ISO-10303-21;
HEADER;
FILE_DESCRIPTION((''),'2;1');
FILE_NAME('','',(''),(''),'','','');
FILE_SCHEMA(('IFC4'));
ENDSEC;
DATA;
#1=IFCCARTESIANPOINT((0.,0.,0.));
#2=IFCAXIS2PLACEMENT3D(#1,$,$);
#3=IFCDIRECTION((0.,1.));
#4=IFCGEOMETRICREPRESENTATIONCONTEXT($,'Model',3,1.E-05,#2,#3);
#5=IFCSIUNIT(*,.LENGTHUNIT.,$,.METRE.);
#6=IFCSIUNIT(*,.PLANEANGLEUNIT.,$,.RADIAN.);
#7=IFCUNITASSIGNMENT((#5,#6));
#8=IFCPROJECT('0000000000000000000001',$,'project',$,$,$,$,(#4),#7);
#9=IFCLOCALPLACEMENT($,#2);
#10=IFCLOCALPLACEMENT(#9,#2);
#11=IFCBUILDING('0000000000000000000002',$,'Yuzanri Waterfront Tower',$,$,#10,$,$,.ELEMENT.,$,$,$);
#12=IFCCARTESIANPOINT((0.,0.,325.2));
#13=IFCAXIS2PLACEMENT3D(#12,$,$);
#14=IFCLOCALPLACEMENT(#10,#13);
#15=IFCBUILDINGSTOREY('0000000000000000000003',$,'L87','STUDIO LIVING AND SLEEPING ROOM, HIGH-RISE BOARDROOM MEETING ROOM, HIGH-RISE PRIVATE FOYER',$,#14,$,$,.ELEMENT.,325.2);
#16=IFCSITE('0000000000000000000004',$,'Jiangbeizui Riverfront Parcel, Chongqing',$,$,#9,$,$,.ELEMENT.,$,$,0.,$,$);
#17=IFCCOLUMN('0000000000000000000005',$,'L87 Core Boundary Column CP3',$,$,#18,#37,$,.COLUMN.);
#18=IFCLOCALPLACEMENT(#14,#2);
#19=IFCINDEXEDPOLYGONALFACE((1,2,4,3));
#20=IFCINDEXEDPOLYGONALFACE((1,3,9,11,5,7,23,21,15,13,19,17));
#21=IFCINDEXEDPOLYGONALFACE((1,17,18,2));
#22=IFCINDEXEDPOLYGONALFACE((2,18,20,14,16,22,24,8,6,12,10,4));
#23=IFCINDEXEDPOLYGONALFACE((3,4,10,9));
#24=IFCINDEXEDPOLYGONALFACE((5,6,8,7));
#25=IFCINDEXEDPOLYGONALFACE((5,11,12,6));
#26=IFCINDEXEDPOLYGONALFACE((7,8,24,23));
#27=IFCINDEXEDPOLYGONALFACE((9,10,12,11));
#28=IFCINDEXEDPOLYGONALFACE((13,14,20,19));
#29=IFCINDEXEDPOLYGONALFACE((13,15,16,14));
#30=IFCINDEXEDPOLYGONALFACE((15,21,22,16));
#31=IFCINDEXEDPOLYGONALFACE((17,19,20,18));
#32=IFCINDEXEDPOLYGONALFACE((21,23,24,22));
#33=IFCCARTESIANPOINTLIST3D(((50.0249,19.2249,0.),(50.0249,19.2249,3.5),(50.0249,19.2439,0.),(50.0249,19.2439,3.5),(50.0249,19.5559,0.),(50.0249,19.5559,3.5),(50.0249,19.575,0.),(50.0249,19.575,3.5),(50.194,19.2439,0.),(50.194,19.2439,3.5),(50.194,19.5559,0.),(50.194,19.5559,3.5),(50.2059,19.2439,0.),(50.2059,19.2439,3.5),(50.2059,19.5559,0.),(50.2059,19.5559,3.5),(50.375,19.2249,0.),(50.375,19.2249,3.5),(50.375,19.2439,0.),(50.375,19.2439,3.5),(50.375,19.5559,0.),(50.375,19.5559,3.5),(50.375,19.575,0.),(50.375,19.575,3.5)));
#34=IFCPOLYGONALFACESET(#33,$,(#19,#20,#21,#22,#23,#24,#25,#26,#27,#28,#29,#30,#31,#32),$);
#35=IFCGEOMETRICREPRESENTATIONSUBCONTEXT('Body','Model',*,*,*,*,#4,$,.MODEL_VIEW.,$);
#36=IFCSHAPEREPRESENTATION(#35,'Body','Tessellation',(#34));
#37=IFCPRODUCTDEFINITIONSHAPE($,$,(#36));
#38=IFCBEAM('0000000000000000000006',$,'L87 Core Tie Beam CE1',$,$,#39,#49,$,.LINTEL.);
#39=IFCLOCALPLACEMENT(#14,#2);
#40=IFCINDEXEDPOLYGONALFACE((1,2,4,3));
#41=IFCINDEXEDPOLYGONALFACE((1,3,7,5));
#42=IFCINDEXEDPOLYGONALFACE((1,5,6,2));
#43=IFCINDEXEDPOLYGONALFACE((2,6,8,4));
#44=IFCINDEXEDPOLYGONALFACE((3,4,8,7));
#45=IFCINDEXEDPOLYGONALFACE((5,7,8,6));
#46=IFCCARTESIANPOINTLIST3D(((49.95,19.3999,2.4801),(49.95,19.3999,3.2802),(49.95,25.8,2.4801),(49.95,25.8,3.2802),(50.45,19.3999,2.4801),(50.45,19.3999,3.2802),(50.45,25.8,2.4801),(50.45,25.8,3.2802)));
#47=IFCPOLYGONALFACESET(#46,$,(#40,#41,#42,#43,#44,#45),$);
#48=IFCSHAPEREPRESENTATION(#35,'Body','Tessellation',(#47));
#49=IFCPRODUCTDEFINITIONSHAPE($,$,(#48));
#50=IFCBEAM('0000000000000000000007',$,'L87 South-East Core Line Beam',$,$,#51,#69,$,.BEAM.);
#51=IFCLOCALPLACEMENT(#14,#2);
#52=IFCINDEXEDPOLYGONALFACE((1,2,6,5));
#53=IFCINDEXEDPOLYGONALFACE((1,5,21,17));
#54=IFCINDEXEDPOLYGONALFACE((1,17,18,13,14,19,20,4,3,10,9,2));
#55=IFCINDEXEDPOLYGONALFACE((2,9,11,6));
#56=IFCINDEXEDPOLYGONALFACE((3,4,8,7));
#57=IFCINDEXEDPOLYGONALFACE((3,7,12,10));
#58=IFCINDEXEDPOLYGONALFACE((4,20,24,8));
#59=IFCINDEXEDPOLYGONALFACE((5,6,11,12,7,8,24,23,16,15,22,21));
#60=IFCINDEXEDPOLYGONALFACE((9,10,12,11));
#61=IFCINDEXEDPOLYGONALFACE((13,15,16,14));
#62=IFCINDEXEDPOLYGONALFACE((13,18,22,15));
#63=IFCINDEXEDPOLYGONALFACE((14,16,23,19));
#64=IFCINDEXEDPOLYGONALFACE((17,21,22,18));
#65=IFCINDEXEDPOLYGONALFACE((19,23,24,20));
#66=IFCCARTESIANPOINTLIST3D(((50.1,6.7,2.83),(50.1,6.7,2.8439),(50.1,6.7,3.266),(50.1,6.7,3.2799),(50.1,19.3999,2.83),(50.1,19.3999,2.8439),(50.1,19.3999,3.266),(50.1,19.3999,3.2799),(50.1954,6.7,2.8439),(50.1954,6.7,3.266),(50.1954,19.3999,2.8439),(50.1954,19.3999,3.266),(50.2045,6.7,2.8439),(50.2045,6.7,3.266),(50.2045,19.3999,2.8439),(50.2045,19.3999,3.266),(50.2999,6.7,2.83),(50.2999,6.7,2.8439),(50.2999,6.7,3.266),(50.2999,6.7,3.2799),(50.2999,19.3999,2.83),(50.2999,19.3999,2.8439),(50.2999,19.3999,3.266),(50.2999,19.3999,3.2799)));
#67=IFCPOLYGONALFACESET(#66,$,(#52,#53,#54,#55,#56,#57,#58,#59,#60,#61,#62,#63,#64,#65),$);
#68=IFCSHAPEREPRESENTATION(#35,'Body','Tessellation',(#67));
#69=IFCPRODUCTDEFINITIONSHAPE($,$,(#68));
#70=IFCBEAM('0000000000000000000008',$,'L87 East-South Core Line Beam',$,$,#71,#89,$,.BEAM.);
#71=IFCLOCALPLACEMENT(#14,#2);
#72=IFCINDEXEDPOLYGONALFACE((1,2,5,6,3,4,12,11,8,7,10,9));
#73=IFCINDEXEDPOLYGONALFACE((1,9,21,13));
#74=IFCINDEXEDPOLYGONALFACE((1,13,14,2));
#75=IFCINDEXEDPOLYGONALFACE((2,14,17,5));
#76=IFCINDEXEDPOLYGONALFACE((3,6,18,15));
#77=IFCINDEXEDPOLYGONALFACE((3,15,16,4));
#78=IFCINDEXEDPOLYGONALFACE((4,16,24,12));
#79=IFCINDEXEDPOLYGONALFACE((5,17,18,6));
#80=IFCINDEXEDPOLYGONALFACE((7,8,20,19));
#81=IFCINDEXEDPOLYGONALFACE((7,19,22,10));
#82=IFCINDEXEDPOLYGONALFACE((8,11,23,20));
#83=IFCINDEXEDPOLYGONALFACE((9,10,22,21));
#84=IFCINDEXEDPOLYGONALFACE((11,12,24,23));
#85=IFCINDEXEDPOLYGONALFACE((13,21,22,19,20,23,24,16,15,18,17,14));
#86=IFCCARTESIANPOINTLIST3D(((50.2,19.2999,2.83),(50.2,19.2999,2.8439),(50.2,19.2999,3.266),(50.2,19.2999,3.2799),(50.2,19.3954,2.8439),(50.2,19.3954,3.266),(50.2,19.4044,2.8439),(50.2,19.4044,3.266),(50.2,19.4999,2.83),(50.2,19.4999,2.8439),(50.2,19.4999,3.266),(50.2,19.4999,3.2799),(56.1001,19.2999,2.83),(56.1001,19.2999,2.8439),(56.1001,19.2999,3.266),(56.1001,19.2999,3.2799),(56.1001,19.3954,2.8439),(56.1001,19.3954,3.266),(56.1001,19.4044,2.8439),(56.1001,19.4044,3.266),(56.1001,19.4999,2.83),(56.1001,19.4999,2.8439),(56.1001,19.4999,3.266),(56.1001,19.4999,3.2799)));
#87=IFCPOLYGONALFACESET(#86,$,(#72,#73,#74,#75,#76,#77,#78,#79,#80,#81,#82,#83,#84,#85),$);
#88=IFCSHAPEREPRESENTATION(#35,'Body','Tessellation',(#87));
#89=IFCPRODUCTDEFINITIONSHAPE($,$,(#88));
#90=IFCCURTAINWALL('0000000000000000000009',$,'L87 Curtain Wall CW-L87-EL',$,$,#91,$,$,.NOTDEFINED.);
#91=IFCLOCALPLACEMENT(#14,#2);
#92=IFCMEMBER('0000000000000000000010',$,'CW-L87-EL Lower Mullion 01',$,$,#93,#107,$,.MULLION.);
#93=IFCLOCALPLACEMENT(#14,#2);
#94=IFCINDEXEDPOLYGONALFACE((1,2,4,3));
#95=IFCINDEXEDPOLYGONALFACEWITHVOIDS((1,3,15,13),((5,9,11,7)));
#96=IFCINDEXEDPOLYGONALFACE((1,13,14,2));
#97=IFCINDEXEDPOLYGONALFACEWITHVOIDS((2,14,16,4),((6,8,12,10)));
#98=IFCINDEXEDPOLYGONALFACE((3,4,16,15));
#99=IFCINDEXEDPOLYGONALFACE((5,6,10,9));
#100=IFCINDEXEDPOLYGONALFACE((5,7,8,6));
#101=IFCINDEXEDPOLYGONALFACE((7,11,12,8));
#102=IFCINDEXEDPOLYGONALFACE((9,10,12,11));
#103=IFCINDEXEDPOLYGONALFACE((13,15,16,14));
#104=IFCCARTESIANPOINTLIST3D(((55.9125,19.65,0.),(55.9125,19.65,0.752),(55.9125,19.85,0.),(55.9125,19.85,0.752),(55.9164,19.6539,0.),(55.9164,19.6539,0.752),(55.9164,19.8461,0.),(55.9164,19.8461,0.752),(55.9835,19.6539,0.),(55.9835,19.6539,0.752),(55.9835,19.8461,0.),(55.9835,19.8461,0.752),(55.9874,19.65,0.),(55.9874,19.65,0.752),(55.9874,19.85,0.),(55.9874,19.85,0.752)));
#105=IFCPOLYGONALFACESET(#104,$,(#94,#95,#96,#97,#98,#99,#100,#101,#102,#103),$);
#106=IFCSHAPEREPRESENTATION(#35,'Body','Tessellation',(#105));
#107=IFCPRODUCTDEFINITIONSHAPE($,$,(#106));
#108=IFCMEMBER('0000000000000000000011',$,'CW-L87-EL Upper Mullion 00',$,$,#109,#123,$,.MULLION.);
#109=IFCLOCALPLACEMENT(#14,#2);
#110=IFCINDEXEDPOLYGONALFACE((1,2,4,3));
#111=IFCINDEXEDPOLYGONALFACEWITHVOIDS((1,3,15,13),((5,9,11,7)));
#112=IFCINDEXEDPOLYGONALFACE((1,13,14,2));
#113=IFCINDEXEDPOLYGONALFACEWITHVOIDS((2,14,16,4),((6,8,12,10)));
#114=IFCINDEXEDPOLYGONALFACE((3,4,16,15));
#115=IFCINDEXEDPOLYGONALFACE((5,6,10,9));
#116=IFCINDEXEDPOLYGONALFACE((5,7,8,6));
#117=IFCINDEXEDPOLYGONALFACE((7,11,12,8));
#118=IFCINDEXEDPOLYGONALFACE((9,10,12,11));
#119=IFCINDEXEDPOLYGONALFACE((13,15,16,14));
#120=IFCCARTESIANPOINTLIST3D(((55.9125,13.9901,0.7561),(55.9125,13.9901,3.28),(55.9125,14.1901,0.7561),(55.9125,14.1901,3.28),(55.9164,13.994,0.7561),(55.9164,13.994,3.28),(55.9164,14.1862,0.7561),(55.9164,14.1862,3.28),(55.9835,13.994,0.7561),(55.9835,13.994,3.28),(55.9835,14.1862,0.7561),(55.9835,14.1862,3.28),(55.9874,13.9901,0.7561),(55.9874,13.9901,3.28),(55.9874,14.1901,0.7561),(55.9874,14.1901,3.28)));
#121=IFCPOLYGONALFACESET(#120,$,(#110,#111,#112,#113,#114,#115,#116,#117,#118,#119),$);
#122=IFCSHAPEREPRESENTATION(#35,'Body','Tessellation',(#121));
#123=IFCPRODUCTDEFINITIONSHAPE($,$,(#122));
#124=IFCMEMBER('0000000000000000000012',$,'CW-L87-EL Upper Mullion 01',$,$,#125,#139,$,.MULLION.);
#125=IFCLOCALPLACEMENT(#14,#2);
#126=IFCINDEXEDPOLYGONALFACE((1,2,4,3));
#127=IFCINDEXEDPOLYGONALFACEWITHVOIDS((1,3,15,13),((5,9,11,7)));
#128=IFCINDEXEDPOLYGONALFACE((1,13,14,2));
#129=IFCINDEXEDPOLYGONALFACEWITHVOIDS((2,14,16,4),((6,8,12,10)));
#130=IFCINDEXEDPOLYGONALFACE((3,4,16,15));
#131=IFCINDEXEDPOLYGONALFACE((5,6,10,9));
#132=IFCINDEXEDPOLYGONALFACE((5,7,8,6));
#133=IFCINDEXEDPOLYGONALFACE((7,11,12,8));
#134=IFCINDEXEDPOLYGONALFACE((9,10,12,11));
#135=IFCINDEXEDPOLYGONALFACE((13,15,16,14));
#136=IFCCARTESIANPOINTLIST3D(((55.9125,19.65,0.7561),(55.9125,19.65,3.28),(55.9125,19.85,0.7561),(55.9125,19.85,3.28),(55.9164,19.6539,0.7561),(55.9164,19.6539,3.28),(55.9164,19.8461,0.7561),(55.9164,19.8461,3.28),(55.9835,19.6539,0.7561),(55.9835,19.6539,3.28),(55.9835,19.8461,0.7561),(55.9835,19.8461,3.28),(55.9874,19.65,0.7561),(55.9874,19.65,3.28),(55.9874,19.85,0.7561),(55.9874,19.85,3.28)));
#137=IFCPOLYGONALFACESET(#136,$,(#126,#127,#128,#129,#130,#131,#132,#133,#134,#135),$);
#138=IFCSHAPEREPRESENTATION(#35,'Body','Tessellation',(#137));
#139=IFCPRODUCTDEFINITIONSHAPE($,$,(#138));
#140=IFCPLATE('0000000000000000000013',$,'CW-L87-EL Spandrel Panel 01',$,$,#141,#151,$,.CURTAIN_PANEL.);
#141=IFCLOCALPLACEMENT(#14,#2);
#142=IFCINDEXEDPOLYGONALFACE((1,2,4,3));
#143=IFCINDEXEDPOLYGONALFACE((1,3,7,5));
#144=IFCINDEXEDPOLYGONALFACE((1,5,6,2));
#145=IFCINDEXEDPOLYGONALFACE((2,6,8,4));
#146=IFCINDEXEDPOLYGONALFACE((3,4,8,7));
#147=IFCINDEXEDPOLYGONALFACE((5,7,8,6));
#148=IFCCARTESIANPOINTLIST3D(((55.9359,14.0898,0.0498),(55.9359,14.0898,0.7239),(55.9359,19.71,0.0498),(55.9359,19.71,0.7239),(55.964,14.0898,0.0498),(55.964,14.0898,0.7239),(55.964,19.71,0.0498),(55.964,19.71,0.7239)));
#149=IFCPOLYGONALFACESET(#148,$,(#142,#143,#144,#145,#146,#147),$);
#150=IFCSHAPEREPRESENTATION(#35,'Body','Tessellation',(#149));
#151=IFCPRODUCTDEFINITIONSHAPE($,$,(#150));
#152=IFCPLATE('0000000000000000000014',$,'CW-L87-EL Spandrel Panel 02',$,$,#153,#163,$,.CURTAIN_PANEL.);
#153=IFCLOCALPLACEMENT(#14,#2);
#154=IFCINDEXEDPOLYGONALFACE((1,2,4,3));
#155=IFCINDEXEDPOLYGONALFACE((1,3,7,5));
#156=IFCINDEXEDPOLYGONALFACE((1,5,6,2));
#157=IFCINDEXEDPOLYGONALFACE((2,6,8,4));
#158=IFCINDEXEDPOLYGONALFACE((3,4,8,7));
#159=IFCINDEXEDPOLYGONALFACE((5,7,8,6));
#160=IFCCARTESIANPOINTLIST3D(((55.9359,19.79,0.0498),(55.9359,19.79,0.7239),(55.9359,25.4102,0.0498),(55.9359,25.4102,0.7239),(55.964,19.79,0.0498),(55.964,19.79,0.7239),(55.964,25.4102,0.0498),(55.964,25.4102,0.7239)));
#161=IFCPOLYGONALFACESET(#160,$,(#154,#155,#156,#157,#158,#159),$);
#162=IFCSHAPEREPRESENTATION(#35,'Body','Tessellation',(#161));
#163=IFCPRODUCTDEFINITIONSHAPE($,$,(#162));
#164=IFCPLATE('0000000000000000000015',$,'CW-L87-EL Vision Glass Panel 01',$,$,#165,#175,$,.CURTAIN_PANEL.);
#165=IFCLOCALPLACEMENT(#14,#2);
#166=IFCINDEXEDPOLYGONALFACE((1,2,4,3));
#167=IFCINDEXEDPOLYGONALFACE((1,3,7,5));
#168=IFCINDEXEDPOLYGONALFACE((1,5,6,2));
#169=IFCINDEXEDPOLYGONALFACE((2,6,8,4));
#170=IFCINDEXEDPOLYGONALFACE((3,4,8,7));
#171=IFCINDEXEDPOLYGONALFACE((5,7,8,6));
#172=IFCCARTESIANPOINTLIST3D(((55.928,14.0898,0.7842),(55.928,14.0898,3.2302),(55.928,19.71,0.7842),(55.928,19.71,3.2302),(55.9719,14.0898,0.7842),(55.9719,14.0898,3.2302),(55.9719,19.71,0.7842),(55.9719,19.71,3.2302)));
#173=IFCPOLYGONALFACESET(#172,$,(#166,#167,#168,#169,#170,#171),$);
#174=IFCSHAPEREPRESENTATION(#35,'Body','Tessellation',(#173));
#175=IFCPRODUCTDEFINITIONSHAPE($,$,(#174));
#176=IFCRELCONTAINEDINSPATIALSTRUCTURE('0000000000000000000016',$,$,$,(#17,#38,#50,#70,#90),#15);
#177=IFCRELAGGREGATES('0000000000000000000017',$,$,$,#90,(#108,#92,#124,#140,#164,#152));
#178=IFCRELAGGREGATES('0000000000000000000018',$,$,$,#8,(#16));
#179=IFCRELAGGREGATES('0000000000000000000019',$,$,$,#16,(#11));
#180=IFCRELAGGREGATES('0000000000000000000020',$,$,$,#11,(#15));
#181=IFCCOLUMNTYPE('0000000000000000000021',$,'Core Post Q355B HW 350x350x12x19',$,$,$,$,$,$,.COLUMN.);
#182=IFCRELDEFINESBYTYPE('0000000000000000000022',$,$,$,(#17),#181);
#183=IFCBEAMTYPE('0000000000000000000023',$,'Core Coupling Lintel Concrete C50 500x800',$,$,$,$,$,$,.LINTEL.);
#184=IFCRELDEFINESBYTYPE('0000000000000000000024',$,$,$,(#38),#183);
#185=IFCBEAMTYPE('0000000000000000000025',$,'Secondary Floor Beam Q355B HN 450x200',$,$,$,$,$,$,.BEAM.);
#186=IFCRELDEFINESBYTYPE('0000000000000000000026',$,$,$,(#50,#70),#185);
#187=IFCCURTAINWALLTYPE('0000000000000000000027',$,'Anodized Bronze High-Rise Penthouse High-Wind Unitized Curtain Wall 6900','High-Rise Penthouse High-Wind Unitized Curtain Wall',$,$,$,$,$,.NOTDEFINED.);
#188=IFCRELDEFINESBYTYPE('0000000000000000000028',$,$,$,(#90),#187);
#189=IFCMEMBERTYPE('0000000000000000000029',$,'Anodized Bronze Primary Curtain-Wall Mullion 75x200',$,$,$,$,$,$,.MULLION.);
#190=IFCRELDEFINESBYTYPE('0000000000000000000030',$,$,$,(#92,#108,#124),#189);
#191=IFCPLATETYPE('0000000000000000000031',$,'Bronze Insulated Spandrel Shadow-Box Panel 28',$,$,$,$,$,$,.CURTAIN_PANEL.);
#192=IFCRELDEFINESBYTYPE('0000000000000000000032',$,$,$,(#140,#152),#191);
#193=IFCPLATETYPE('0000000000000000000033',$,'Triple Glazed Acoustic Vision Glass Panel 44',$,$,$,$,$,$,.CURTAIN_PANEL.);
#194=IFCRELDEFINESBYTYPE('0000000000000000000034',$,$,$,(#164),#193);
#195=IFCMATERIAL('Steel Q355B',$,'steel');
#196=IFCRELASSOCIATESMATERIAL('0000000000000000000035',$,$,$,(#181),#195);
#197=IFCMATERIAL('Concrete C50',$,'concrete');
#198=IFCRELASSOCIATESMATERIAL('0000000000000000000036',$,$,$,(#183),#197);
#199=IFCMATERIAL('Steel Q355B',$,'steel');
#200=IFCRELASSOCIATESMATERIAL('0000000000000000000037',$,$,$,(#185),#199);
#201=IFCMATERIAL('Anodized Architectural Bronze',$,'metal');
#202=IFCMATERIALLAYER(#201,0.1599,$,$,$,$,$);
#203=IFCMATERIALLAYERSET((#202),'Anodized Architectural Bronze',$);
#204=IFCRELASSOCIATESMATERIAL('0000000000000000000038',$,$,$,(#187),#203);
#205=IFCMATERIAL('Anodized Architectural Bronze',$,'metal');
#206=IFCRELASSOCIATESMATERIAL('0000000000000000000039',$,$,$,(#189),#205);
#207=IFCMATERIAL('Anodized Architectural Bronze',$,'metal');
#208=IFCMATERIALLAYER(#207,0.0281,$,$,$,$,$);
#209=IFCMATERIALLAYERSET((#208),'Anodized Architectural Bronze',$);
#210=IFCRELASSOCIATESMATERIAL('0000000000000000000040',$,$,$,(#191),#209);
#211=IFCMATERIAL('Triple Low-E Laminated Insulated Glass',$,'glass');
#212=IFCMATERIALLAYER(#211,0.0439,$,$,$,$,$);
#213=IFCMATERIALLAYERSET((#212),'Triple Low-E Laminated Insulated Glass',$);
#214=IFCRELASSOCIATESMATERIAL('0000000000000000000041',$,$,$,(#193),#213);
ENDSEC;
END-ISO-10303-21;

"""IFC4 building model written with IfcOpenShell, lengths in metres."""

from ifc_helpers import new_model, si_unit, direction, frame, origin, origin_2d, place, context, subcontext, project, spatial, rectangle, hollow_rectangle, i_section, extrude, source, transform, mapped, material, layer, layer_set, material_profile, profile_set, type_object, element, aggregate, save


model = new_model("IFC4")

# Units and contexts
model_context = context("Model", 3, precision=1e-05, world=origin(), true_north=direction((0.0, 1.0)))
body_context = subcontext(model_context, "Body", "Model", "MODEL_VIEW")
ifc_project = project(units=[si_unit("LENGTHUNIT", "METRE"), si_unit("PLANEANGLEUNIT", "RADIAN")], contexts=[model_context])

# Site, building, storey
site_placement = place(None, origin())
site = spatial("IfcSite", under=ifc_project, at=site_placement, Name="Jiangbeizui Riverfront Parcel, Chongqing", CompositionType="ELEMENT", RefElevation=0.0)
building_placement = place(site_placement, origin())
building = spatial("IfcBuilding", under=site, at=building_placement, Name="Yuzanri Waterfront Tower", CompositionType="ELEMENT")
storey_placement = place(building_placement, frame((0.0, 0.0, 325.2)))
storey = spatial("IfcBuildingStorey", under=building, at=storey_placement, Name="L87", Description="STUDIO LIVING AND SLEEPING ROOM, HIGH-RISE BOARDROOM MEETING ROOM, HIGH-RISE PRIVATE FOYER", CompositionType="ELEMENT", Elevation=325.2)

# Column
ifc_material_1 = material(Name="Steel Q355B", Category="steel")
ifc_material_profile_1 = material_profile(ifc_material_1, i_section(OverallWidth=0.3501, OverallDepth=0.3501, WebThickness=0.012, FlangeThickness=0.019, at=origin_2d()), Name="HW 350x350x12x19")
ifc_profile_set_1 = profile_set([ifc_material_profile_1], Name="Steel Q355B")
column_type = type_object("IfcColumnType", Name="Core Post Q355B HW 350x350x12x19", PredefinedType="COLUMN", material=ifc_profile_set_1)
shared_shape_1 = source(origin(), body_context, "Body", "SweptSolid", [
    extrude(i_section(OverallWidth=0.3501, OverallDepth=0.3501, WebThickness=0.012, FlangeThickness=0.019, at=origin_2d()), origin(), (0.0, 0.0, 1.0), 3.5),
])
column_placement = place(storey_placement, frame((50.2, 19.3999, 0.0), z_axis=(0.0, 0.0, 1.0), x_axis=(1.0, 0.0, 0.0)))
element("IfcColumn", 1, at=column_placement, inside=storey, type_object=column_type, Name="L87 Core Boundary Column CP3", PredefinedType="COLUMN", context=body_context, shape_type="MappedRepresentation", body=[
    mapped(shared_shape_1, transform((0.0, 0.0, 0.0), scale=1.0)),
])

# Beams
ifc_material_2 = material(Name="Concrete C50", Category="concrete")
ifc_material_profile_2 = material_profile(ifc_material_2, rectangle(XDim=0.5, YDim=0.8, at=origin_2d()), Name="RC 500x800")
ifc_profile_set_2 = profile_set([ifc_material_profile_2], Name="Concrete C50")
beam_type_1 = type_object("IfcBeamType", Name="Core Coupling Lintel Concrete C50 500x800", PredefinedType="LINTEL", material=ifc_profile_set_2)
shared_shape_2 = source(origin(), body_context, "Body", "SweptSolid", [
    extrude(rectangle(XDim=0.5, YDim=0.8, at=origin_2d()), origin(), (0.0, 0.0, 1.0), 6.4001),
])
beam_1_placement = place(storey_placement, frame((50.2, 19.3999, 2.8801), z_axis=(0.0, 1.0, 0.0), x_axis=(-1.0, 0.0, 0.0)))
element("IfcBeam", 2, at=beam_1_placement, inside=storey, type_object=beam_type_1, Name="L87 Core Tie Beam CE1", PredefinedType="LINTEL", context=body_context, shape_type="MappedRepresentation", body=[
    mapped(shared_shape_2, transform((0.0, 0.0, 0.0), scale=1.0)),
])
ifc_material_3 = material(Name="Steel Q355B", Category="steel")
ifc_material_profile_3 = material_profile(ifc_material_3, i_section(OverallWidth=0.2, OverallDepth=0.45, WebThickness=0.009, FlangeThickness=0.0139, at=origin_2d()), Name="HN 450x200x9x14")
ifc_profile_set_3 = profile_set([ifc_material_profile_3], Name="Steel Q355B")
beam_type_2 = type_object("IfcBeamType", Name="Secondary Floor Beam Q355B HN 450x200", PredefinedType="BEAM", material=ifc_profile_set_3)
shared_shape_3 = source(origin(), body_context, "Body", "SweptSolid", [
    extrude(i_section(OverallWidth=0.2, OverallDepth=0.45, WebThickness=0.009, FlangeThickness=0.0139, at=origin_2d()), origin(), (0.0, 0.0, 1.0), 12.7),
])
beam_2_placement = place(storey_placement, frame((50.2, 19.3999, 3.0549), z_axis=(0.0, -1.0, 0.0), x_axis=(1.0, 0.0, 0.0)))
element("IfcBeam", 3, at=beam_2_placement, inside=storey, type_object=beam_type_2, Name="L87 South-East Core Line Beam", PredefinedType="BEAM", context=body_context, shape_type="MappedRepresentation", body=[
    mapped(shared_shape_3, transform((0.0, 0.0, 0.0), scale=1.0)),
])
shared_shape_4 = source(origin(), body_context, "Body", "SweptSolid", [
    extrude(i_section(OverallWidth=0.2, OverallDepth=0.45, WebThickness=0.009, FlangeThickness=0.0139, at=origin_2d()), origin(), (0.0, 0.0, 1.0), 5.9001),
])
beam_3_placement = place(storey_placement, frame((50.2, 19.3999, 3.0549), z_axis=(1.0, 0.0, 0.0), x_axis=(0.0, 1.0, 0.0)))
element("IfcBeam", 4, at=beam_3_placement, inside=storey, type_object=beam_type_2, Name="L87 East-South Core Line Beam", PredefinedType="BEAM", context=body_context, shape_type="MappedRepresentation", body=[
    mapped(shared_shape_4, transform((0.0, 0.0, 0.0), scale=1.0)),
])

# Curtain wall, members, plates
ifc_material_4 = material(Name="Anodized Architectural Bronze", Category="metal")
ifc_layer_1 = layer(ifc_material_4, 0.1599)
ifc_layer_set_1 = layer_set([ifc_layer_1], Name="Anodized Architectural Bronze")
curtain_wall_type = type_object("IfcCurtainWallType", Name="Anodized Bronze High-Rise Penthouse High-Wind Unitized Curtain Wall 6900", Description="High-Rise Penthouse High-Wind Unitized Curtain Wall", PredefinedType="NOTDEFINED", material=ifc_layer_set_1)
curtain_wall_placement = place(storey_placement, origin())
curtain_wall = element("IfcCurtainWall", 5, at=curtain_wall_placement, inside=storey, type_object=curtain_wall_type, Name="L87 Curtain Wall CW-L87-EL", PredefinedType="NOTDEFINED")
ifc_material_5 = material(Name="Anodized Architectural Bronze", Category="metal")
ifc_material_profile_4 = material_profile(ifc_material_5, hollow_rectangle(XDim=0.075, YDim=0.2, WallThickness=0.0039, at=origin_2d()), Name="CWM 75x200")
ifc_profile_set_4 = profile_set([ifc_material_profile_4], Name="Anodized Architectural Bronze")
member_type = type_object("IfcMemberType", Name="Anodized Bronze Primary Curtain-Wall Mullion 75x200", PredefinedType="MULLION", material=ifc_profile_set_4)
shared_shape_5 = source(origin(), body_context, "Body", "SweptSolid", [
    extrude(hollow_rectangle(XDim=0.075, YDim=0.2, WallThickness=0.0039, at=origin_2d()), origin(), (0.0, 0.0, 1.0), 0.752),
])
member_1_placement = place(storey_placement, frame((55.95, 19.75, 0.0), z_axis=(0.0, 0.0, 1.0), x_axis=(1.0, 0.0, 0.0)))
member_1 = element("IfcMember", 6, at=member_1_placement, type_object=member_type, Name="CW-L87-EL Lower Mullion 01", PredefinedType="MULLION", context=body_context, shape_type="MappedRepresentation", body=[
    mapped(shared_shape_5, transform((0.0, 0.0, 0.0), scale=1.0)),
])
shared_shape_6 = source(origin(), body_context, "Body", "SweptSolid", [
    extrude(hollow_rectangle(XDim=0.075, YDim=0.2, WallThickness=0.0039, at=origin_2d()), origin(), (0.0, 0.0, 1.0), 2.5239),
])
member_2_placement = place(storey_placement, frame((55.95, 14.0901, 0.7561), z_axis=(0.0, 0.0, 1.0), x_axis=(1.0, 0.0, 0.0)))
member_2 = element("IfcMember", 7, at=member_2_placement, type_object=member_type, Name="CW-L87-EL Upper Mullion 00", PredefinedType="MULLION", context=body_context, shape_type="MappedRepresentation", body=[
    mapped(shared_shape_6, transform((0.0, 0.0, 0.0), scale=1.0)),
])
member_3_placement = place(storey_placement, frame((55.95, 19.75, 0.7561), z_axis=(0.0, 0.0, 1.0), x_axis=(1.0, 0.0, 0.0)))
member_3 = element("IfcMember", 8, at=member_3_placement, type_object=member_type, Name="CW-L87-EL Upper Mullion 01", PredefinedType="MULLION", context=body_context, shape_type="MappedRepresentation", body=[
    mapped(shared_shape_6, transform((0.0, 0.0, 0.0), scale=1.0)),
])
ifc_material_6 = material(Name="Anodized Architectural Bronze", Category="metal")
ifc_layer_2 = layer(ifc_material_6, 0.0281)
ifc_layer_set_2 = layer_set([ifc_layer_2], Name="Anodized Architectural Bronze")
plate_type_1 = type_object("IfcPlateType", Name="Bronze Insulated Spandrel Shadow-Box Panel 28", PredefinedType="CURTAIN_PANEL", material=ifc_layer_set_2)
shared_shape_7 = source(origin(), body_context, "Body", "SweptSolid", [
    extrude(rectangle(XDim=5.6201, YDim=0.0281, at=origin_2d()), origin(), (0.0, 0.0, 1.0), 0.6741),
])
plate_1_placement = place(storey_placement, frame((55.95, 16.8999, 0.0498), z_axis=(0.0, 0.0, 1.0), x_axis=(0.0, 1.0, 0.0)))
plate_1 = element("IfcPlate", 9, at=plate_1_placement, type_object=plate_type_1, Name="CW-L87-EL Spandrel Panel 01", PredefinedType="CURTAIN_PANEL", context=body_context, shape_type="MappedRepresentation", body=[
    mapped(shared_shape_7, transform((0.0, 0.0, 0.0), scale=1.0)),
])
plate_2_placement = place(storey_placement, frame((55.95, 22.6001, 0.0498), z_axis=(0.0, 0.0, 1.0), x_axis=(0.0, 1.0, 0.0)))
plate_2 = element("IfcPlate", 10, at=plate_2_placement, type_object=plate_type_1, Name="CW-L87-EL Spandrel Panel 02", PredefinedType="CURTAIN_PANEL", context=body_context, shape_type="MappedRepresentation", body=[
    mapped(shared_shape_7, transform((0.0, 0.0, 0.0), scale=1.0)),
])
ifc_material_7 = material(Name="Triple Low-E Laminated Insulated Glass", Category="glass")
ifc_layer_3 = layer(ifc_material_7, 0.0439)
ifc_layer_set_3 = layer_set([ifc_layer_3], Name="Triple Low-E Laminated Insulated Glass")
plate_type_2 = type_object("IfcPlateType", Name="Triple Glazed Acoustic Vision Glass Panel 44", PredefinedType="CURTAIN_PANEL", material=ifc_layer_set_3)
shared_shape_8 = source(origin(), body_context, "Body", "SweptSolid", [
    extrude(rectangle(XDim=5.6201, YDim=0.0439, at=origin_2d()), origin(), (0.0, 0.0, 1.0), 2.446),
])
plate_3_placement = place(storey_placement, frame((55.95, 16.8999, 0.7842), z_axis=(0.0, 0.0, 1.0), x_axis=(0.0, 1.0, 0.0)))
plate_3 = element("IfcPlate", 11, at=plate_3_placement, type_object=plate_type_2, Name="CW-L87-EL Vision Glass Panel 01", PredefinedType="CURTAIN_PANEL", context=body_context, shape_type="MappedRepresentation", body=[
    mapped(shared_shape_8, transform((0.0, 0.0, 0.0), scale=1.0)),
])
aggregate(curtain_wall, [member_2, member_1, member_3, plate_1, plate_3, plate_2])

save(model, "model.ifc")
